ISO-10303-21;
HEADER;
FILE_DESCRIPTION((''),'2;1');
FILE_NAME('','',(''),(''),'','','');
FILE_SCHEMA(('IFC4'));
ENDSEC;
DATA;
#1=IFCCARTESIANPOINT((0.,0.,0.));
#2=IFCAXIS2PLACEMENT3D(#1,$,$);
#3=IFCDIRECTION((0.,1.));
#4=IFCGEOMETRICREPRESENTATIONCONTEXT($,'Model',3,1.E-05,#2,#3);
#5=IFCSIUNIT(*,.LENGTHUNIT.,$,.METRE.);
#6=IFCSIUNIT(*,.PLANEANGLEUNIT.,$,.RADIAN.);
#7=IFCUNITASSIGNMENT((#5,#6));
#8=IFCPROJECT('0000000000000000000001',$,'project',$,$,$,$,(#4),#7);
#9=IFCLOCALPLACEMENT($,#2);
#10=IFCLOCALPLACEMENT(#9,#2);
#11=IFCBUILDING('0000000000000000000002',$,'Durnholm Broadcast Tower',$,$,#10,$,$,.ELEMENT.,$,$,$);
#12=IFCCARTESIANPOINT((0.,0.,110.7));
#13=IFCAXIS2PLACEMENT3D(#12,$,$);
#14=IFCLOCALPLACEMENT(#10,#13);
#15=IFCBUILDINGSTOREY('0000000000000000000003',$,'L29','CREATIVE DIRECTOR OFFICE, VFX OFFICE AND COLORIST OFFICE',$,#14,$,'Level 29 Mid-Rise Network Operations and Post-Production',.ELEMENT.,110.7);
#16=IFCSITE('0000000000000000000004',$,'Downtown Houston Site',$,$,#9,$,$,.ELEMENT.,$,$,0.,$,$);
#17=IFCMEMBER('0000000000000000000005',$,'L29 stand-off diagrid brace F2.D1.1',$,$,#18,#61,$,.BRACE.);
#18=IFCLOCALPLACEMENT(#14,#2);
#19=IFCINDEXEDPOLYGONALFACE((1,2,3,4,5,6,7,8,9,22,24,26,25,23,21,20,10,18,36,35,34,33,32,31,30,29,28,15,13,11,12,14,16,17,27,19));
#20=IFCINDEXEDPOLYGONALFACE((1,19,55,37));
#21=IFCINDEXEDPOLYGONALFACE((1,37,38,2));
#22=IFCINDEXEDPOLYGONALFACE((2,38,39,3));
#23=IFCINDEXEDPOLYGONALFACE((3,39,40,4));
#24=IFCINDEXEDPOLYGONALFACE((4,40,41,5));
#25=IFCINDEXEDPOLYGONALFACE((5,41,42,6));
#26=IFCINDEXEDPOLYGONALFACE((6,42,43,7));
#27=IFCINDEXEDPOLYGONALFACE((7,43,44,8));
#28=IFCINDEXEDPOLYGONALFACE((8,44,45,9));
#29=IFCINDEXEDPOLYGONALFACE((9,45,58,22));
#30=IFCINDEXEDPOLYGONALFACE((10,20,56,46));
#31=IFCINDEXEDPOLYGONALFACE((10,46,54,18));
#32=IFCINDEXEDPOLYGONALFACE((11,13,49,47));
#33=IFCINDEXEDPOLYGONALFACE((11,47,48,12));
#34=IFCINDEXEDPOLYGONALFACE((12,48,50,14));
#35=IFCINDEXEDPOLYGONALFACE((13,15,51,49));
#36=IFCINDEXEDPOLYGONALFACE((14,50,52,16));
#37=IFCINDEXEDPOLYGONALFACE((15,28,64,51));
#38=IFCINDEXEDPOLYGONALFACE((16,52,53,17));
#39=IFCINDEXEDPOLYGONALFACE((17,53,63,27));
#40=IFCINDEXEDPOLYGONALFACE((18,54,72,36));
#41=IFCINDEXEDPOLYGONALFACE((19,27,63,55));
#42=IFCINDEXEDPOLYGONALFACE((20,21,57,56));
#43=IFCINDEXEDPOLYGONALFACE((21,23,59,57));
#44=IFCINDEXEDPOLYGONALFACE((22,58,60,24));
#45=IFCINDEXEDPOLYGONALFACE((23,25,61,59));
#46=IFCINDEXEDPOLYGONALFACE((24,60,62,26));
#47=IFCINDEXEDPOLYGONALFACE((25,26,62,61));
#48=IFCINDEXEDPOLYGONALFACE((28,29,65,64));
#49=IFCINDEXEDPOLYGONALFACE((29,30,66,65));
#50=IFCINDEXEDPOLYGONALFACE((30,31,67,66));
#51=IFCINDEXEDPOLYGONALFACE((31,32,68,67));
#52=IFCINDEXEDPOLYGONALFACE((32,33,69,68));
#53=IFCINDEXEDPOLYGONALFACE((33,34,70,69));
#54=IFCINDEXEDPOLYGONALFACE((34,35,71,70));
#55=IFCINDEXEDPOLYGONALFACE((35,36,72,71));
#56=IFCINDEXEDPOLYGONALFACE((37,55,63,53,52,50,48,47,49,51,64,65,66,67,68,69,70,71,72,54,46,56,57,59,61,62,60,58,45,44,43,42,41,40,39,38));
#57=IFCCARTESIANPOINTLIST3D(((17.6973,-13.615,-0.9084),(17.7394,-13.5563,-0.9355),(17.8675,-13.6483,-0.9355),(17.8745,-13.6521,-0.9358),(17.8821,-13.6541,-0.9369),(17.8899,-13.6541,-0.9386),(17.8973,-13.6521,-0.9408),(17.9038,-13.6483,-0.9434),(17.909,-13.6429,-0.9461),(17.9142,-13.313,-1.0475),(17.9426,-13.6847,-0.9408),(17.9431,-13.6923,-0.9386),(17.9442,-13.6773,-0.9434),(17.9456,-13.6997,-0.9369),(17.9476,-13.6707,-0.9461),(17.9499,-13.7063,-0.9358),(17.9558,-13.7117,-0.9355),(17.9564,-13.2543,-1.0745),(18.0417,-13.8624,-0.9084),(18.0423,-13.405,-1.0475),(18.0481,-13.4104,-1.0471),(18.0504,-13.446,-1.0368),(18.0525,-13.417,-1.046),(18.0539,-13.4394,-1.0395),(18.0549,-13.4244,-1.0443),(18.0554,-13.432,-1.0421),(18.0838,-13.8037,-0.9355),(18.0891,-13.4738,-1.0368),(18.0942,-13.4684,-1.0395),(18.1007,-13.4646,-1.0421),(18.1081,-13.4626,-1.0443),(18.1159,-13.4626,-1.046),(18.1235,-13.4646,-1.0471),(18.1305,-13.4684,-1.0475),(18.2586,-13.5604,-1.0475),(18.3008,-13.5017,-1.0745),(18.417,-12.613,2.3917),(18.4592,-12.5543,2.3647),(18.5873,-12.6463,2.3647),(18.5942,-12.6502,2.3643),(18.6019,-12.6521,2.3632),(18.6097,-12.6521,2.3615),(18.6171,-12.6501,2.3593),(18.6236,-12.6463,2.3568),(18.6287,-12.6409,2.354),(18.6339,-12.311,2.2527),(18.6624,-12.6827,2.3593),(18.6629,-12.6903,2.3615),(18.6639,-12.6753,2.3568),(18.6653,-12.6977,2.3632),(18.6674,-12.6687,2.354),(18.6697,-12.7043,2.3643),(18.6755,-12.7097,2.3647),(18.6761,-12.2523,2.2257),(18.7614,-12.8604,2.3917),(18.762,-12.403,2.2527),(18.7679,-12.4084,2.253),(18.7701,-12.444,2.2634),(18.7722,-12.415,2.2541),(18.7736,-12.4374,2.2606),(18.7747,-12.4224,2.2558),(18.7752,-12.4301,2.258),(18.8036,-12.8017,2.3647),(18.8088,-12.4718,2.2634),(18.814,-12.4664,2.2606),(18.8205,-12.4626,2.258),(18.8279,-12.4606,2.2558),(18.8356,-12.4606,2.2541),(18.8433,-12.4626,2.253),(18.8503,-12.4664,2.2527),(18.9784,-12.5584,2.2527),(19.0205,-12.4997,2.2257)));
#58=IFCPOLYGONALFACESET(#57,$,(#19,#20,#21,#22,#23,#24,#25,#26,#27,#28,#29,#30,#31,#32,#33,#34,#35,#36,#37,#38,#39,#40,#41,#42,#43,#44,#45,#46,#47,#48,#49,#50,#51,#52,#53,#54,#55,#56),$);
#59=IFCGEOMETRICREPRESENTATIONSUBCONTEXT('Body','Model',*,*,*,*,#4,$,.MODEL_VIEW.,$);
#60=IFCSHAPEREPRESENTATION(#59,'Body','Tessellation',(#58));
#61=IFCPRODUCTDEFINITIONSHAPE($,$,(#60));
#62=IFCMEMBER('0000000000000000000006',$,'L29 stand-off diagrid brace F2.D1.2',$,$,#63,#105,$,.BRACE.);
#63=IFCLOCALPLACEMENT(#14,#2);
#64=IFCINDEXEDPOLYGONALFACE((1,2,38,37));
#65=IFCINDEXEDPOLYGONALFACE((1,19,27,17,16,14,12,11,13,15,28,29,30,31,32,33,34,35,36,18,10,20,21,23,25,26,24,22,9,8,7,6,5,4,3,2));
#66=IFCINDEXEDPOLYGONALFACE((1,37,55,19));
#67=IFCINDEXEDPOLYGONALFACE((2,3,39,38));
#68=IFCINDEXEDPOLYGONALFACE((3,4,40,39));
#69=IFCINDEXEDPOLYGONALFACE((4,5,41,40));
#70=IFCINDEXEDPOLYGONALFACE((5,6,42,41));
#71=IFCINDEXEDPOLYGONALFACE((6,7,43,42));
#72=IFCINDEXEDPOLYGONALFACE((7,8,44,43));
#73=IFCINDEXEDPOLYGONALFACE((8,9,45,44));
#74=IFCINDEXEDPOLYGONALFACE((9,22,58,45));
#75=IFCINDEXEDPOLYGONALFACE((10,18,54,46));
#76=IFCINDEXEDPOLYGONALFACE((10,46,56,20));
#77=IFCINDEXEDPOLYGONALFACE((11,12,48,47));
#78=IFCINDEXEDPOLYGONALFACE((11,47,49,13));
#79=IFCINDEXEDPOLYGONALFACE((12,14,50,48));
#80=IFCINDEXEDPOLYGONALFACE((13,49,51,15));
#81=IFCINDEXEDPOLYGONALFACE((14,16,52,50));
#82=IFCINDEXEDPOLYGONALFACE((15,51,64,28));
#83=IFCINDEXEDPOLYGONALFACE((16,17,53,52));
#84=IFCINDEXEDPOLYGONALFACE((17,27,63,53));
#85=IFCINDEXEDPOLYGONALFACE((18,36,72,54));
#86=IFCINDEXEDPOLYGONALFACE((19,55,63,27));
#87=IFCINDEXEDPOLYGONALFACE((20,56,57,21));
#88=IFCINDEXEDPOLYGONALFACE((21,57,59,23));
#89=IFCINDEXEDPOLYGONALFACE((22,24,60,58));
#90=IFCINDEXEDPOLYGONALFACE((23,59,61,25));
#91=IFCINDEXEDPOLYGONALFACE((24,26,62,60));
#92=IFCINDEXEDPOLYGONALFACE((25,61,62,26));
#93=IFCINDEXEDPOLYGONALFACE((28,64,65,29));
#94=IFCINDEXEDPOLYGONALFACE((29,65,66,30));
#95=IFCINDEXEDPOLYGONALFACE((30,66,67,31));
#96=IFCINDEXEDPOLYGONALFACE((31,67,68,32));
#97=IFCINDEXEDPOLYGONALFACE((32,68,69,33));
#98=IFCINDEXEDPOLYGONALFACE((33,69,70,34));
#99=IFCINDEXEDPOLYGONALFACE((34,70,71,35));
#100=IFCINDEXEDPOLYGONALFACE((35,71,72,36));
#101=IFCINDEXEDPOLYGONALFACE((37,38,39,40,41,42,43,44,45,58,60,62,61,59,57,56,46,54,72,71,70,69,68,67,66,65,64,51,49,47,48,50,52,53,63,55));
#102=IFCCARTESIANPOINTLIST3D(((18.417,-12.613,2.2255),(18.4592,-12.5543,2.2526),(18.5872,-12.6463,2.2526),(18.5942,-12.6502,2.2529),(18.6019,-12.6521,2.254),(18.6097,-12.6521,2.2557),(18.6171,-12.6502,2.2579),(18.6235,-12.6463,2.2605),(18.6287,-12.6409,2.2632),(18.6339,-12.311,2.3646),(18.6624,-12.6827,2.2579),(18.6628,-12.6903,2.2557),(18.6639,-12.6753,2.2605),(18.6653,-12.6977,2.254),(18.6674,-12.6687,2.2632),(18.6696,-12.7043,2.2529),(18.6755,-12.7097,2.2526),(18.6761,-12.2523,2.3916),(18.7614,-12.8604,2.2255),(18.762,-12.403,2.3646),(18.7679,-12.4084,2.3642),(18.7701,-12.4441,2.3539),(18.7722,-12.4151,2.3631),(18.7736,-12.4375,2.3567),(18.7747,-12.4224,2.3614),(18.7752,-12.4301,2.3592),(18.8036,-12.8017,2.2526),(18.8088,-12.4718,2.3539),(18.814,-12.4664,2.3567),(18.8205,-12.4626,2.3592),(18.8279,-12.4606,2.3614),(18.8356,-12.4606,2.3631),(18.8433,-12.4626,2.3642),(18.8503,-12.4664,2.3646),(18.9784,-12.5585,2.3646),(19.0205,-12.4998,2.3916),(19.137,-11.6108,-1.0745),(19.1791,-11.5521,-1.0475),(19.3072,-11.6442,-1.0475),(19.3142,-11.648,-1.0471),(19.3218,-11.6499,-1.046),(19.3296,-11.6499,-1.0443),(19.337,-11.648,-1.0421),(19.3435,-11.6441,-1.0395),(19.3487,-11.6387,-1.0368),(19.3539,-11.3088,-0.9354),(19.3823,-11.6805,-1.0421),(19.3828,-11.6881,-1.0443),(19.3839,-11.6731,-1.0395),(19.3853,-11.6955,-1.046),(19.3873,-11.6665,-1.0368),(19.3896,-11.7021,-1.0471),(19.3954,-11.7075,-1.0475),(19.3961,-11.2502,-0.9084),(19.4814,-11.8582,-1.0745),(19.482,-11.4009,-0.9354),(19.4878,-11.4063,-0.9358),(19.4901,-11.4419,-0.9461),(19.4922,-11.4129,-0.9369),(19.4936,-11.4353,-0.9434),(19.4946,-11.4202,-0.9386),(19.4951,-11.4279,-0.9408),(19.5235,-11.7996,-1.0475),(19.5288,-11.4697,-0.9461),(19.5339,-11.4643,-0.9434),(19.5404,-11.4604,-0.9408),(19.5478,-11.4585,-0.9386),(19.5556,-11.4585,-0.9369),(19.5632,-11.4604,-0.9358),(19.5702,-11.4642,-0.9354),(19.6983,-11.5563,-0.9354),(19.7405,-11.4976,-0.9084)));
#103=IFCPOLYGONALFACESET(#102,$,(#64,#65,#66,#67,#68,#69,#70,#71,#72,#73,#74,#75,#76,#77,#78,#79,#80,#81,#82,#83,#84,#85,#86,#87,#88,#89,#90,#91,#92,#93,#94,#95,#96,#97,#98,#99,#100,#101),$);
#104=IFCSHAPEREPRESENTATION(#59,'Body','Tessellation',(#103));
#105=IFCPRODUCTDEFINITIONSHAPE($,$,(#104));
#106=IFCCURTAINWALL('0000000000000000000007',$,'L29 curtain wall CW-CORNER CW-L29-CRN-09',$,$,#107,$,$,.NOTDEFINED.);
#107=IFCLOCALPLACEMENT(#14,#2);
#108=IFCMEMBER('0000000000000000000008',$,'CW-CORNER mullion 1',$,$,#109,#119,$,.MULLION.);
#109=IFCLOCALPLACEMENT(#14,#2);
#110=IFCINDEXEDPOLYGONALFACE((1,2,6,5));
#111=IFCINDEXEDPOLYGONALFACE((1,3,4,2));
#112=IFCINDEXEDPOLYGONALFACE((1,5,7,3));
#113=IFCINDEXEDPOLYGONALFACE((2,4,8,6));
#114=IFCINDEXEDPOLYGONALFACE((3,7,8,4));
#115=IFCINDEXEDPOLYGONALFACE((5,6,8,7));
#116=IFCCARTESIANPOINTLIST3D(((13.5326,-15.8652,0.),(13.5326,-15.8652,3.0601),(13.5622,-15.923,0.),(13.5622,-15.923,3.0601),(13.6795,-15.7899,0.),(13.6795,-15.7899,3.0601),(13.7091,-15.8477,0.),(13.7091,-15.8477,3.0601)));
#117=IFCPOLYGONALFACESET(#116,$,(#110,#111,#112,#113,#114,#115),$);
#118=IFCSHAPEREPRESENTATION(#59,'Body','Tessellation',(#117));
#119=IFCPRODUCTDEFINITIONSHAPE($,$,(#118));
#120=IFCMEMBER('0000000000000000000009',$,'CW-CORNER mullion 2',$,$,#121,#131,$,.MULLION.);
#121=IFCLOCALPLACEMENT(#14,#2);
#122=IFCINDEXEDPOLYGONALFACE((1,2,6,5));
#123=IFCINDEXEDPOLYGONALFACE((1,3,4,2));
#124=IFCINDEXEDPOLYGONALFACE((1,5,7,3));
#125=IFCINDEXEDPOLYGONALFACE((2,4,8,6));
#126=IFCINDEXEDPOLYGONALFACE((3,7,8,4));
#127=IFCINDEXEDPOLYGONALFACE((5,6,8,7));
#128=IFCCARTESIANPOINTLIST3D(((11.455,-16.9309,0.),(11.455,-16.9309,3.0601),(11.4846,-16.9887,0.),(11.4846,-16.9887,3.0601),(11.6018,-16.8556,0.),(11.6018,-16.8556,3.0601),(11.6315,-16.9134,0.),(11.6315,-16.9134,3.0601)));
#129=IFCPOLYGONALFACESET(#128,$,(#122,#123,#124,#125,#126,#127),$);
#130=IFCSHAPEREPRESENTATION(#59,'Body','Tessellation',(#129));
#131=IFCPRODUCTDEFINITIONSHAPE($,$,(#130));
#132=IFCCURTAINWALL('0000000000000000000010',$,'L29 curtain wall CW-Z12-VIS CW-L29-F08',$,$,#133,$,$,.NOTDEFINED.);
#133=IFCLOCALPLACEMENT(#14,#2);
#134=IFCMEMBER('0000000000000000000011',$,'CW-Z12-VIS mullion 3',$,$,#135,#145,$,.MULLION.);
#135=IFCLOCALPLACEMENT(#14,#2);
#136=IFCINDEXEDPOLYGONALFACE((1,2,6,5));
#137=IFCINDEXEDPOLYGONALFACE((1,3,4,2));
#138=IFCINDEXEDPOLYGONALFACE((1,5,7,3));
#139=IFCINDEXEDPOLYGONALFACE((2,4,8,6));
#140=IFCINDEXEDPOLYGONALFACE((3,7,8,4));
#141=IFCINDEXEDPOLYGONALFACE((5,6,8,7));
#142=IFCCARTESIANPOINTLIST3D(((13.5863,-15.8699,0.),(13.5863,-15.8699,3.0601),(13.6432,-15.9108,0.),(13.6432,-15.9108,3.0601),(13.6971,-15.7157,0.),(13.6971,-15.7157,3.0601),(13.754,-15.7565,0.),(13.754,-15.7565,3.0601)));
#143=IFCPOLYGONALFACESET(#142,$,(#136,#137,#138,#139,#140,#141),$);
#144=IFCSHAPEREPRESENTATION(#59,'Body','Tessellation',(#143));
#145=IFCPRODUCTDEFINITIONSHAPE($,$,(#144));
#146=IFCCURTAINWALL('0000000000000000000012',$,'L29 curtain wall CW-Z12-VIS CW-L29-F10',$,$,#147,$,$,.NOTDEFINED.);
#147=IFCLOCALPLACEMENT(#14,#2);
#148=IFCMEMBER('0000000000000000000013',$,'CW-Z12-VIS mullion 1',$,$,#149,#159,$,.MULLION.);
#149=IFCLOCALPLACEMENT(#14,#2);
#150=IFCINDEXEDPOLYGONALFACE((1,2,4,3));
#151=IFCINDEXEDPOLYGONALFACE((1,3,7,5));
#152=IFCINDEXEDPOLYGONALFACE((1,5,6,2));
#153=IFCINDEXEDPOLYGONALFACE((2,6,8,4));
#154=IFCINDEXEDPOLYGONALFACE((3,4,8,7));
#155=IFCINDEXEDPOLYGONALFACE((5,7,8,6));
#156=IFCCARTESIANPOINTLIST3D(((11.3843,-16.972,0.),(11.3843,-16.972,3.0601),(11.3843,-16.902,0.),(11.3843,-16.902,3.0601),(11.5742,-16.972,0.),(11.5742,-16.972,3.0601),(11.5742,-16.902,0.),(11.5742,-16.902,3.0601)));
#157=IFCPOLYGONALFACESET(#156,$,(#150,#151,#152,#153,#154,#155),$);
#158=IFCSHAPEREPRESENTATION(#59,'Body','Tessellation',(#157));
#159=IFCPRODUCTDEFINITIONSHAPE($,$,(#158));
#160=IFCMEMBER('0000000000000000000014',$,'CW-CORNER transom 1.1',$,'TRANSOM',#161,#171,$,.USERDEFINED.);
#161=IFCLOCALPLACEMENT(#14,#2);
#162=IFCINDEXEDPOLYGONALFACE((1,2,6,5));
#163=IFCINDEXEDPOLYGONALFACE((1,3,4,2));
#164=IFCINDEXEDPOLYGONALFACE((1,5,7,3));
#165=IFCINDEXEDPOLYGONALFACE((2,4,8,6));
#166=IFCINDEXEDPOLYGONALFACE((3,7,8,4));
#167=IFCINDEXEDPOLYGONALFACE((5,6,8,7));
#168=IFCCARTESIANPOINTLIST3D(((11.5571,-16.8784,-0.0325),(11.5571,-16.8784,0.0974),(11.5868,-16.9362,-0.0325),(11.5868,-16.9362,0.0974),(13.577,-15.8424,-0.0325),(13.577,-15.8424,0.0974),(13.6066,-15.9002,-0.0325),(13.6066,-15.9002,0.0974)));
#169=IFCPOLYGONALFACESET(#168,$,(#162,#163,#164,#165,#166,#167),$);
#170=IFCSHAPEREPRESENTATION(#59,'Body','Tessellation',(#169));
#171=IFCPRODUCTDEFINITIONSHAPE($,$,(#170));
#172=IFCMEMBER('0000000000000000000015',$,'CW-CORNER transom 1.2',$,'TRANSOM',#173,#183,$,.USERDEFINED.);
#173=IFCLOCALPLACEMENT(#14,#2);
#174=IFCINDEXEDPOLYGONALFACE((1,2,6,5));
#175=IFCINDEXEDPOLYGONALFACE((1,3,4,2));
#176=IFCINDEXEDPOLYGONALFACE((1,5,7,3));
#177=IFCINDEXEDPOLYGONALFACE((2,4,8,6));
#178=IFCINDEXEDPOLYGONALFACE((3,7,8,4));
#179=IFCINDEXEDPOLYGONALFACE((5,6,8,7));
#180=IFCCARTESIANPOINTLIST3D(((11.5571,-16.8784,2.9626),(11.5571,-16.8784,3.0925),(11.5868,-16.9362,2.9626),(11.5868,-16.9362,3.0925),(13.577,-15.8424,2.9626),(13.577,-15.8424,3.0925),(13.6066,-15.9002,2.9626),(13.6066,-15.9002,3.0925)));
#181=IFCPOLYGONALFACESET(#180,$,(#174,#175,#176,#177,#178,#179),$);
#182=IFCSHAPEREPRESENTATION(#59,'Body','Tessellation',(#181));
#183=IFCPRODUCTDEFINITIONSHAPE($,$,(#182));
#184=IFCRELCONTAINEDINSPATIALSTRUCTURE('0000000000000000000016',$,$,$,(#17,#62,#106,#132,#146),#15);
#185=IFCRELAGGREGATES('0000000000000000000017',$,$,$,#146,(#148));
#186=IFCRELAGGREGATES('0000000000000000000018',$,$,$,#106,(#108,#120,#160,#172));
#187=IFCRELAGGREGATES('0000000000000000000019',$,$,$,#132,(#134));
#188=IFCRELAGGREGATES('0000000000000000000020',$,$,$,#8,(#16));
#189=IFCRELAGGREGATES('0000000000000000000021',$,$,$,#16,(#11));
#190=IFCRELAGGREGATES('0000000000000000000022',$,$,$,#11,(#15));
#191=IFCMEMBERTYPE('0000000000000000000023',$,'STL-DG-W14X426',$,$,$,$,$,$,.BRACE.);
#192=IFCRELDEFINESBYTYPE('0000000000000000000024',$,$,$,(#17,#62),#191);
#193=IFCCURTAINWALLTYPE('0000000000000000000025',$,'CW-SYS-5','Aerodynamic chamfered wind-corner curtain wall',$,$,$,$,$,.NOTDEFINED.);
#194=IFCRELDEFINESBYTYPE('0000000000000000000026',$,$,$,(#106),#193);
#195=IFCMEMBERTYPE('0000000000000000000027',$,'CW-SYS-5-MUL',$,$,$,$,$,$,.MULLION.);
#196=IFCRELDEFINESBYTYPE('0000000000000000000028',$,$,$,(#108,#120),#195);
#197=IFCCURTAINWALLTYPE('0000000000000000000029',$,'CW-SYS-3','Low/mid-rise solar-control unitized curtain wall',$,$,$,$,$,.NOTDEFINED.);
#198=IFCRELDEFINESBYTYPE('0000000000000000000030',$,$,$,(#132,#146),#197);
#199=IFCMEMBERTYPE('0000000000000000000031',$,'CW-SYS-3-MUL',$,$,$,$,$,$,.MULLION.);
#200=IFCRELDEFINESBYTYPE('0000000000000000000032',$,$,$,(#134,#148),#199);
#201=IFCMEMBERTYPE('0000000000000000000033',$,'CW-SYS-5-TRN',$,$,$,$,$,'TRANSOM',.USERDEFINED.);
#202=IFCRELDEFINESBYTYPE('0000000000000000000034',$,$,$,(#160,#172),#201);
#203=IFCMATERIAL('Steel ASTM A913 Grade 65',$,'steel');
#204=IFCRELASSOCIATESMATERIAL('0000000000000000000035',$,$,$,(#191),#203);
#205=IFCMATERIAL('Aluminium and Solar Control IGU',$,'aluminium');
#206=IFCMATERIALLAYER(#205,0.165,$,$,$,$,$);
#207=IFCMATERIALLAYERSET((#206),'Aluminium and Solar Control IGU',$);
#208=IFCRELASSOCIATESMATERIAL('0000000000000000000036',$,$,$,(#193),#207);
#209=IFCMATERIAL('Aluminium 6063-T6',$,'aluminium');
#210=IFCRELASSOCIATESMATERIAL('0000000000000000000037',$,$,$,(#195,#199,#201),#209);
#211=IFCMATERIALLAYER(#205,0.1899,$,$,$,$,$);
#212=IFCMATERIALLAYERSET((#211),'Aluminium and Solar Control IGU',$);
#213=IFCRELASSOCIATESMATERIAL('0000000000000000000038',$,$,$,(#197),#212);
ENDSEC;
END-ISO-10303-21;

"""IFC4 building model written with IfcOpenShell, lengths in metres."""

from ifc_helpers import new_model, si_unit, direction, frame, origin, origin_2d, place, context, subcontext, project, spatial, rectangle, i_section, extrude, source, transform, mapped, material, layer, layer_set, material_profile, profile_set, type_object, type_shapes, element, aggregate, save


model = new_model("IFC4")

# Units and contexts
model_context = context("Model", 3, precision=1e-05, world=origin(), true_north=direction((0.0, 1.0)))
body_context = subcontext(model_context, "Body", "Model", "MODEL_VIEW")
ifc_project = project(units=[si_unit("LENGTHUNIT", "METRE"), si_unit("PLANEANGLEUNIT", "RADIAN")], contexts=[model_context])

# Site, building, storey
site_placement = place(None, origin())
site = spatial("IfcSite", under=ifc_project, at=site_placement, Name="Downtown Houston Site", CompositionType="ELEMENT", RefElevation=0.0)
building_placement = place(site_placement, origin())
building = spatial("IfcBuilding", under=site, at=building_placement, Name="Durnholm Broadcast Tower", CompositionType="ELEMENT")
storey_placement = place(building_placement, frame((0.0, 0.0, 110.7)))
storey = spatial("IfcBuildingStorey", under=building, at=storey_placement, Name="L29", Description="CREATIVE DIRECTOR OFFICE, VFX OFFICE AND COLORIST OFFICE", LongName="Level 29 Mid-Rise Network Operations and Post-Production", CompositionType="ELEMENT", Elevation=110.7)

# Members
ifc_material_1 = material(Name="Steel ASTM A913 Grade 65", Category="steel")
ifc_material_profile_1 = material_profile(ifc_material_1, i_section(OverallWidth=0.4241, OverallDepth=0.4741, WebThickness=0.0476, FlangeThickness=0.0771, FilletRadius=0.0305, at=origin_2d()), Name="W14X426")
ifc_profile_set_1 = profile_set([ifc_material_profile_1], Name="Steel ASTM A913 Grade 65")
member_type_1 = type_object("IfcMemberType", Name="STL-DG-W14X426", PredefinedType="BRACE", material=ifc_profile_set_1)
shared_shape_1 = source(origin(), body_context, "Body", "SweptSolid", [
    extrude(i_section(OverallWidth=0.4241, OverallDepth=0.4741, WebThickness=0.0476, FlangeThickness=0.0771, FilletRadius=0.0305, at=origin_2d()), origin(), (0.0, 0.0, 1.0), 3.5232),
])
type_shapes(member_type_1, [shared_shape_1])
for number, where, z_axis, x_axis, name in (
    (1, (17.999, -13.5583, -0.9915), (0.204288, 0.284395, 0.936689), (-0.812179, 0.583408, 0.0), "L29 stand-off diagrid brace F2.D1.1"),
    (2, (19.4387, -11.5542, -0.9915), (-0.20435, -0.284455, 0.936657), (0.812153, -0.583444, 0.0), "L29 stand-off diagrid brace F2.D1.2"),
):
    element("IfcMember", number, at=place(storey_placement, frame(where, z_axis=z_axis, x_axis=x_axis)), inside=storey, type_object=member_type_1, Name=name, PredefinedType="BRACE", context=body_context, shape_type="MappedRepresentation", body=[
        mapped(shared_shape_1, transform((0.0, 0.0, 0.0), x_axis=(1.0, 0.0, 0.0), y_axis=(0.0, 1.0, 0.0), z_axis=(0.0, 0.0, 1.0), scale=1.0)),
    ])

# Curtain wall, members
ifc_material_2 = material(Name="Aluminium and Solar Control IGU", Category="aluminium")
ifc_layer_1 = layer(ifc_material_2, 0.165)
ifc_layer_set_1 = layer_set([ifc_layer_1], Name="Aluminium and Solar Control IGU")
curtain_wall_type_1 = type_object("IfcCurtainWallType", Name="CW-SYS-5", Description="Aerodynamic chamfered wind-corner curtain wall", PredefinedType="NOTDEFINED", material=ifc_layer_set_1)
curtain_wall_1_placement = place(storey_placement, origin())
curtain_wall_1 = element("IfcCurtainWall", 3, at=curtain_wall_1_placement, inside=storey, type_object=curtain_wall_type_1, Name="L29 curtain wall CW-CORNER CW-L29-CRN-09", PredefinedType="NOTDEFINED")
ifc_material_3 = material(Name="Aluminium 6063-T6", Category="aluminium")
ifc_material_profile_2 = material_profile(ifc_material_3, rectangle(XDim=0.0649, YDim=0.165, at=origin_2d()), Name="CWM65X165")
ifc_profile_set_2 = profile_set([ifc_material_profile_2], Name="Aluminium 6063-T6")
member_type_2 = type_object("IfcMemberType", Name="CW-SYS-5-MUL", PredefinedType="MULLION", material=ifc_profile_set_2)
shared_shape_2 = source(origin(), body_context, "Body", "SweptSolid", [
    extrude(rectangle(XDim=0.0649, YDim=0.165, at=origin_2d()), origin(), (0.0, 0.0, 1.0), 3.0601),
])
type_shapes(member_type_2, [shared_shape_2])
member_1_placement = place(storey_placement, frame((13.6208, -15.8564, 0.0), z_axis=(0.0, 0.0, 1.0), x_axis=(0.456373, -0.889788, 0.0)))
member_1 = element("IfcMember", 4, at=member_1_placement, type_object=member_type_2, Name="CW-CORNER mullion 1", PredefinedType="MULLION", context=body_context, shape_type="MappedRepresentation", body=[
    mapped(shared_shape_2, transform((0.0, 0.0, 0.0), x_axis=(1.0, 0.0, 0.0), y_axis=(0.0, 1.0, 0.0), z_axis=(0.0, 0.0, 1.0), scale=1.0)),
])
member_2_placement = place(storey_placement, frame((11.5432, -16.9221, 0.0), z_axis=(0.0, 0.0, 1.0), x_axis=(0.456373, -0.889788, 0.0)))
member_2 = element("IfcMember", 5, at=member_2_placement, type_object=member_type_2, Name="CW-CORNER mullion 2", PredefinedType="MULLION", context=body_context, shape_type="MappedRepresentation", body=[
    mapped(shared_shape_2, transform((0.0, 0.0, 0.0), x_axis=(1.0, 0.0, 0.0), y_axis=(0.0, 1.0, 0.0), z_axis=(0.0, 0.0, 1.0), scale=1.0)),
])

# Curtain walls, members
ifc_layer_2 = layer(ifc_material_2, 0.1899)
ifc_layer_set_2 = layer_set([ifc_layer_2], Name="Aluminium and Solar Control IGU")
curtain_wall_type_2 = type_object("IfcCurtainWallType", Name="CW-SYS-3", Description="Low/mid-rise solar-control unitized curtain wall", PredefinedType="NOTDEFINED", material=ifc_layer_set_2)
curtain_wall_2_placement = place(storey_placement, origin())
curtain_wall_2 = element("IfcCurtainWall", 6, at=curtain_wall_2_placement, inside=storey, type_object=curtain_wall_type_2, Name="L29 curtain wall CW-Z12-VIS CW-L29-F08", PredefinedType="NOTDEFINED")
ifc_material_profile_3 = material_profile(ifc_material_3, rectangle(XDim=0.0701, YDim=0.1899, at=origin_2d()), Name="CWM70X190")
ifc_profile_set_3 = profile_set([ifc_material_profile_3], Name="Aluminium 6063-T6")
member_type_3 = type_object("IfcMemberType", Name="CW-SYS-3-MUL", PredefinedType="MULLION", material=ifc_profile_set_3)
shared_shape_3 = source(origin(), body_context, "Body", "SweptSolid", [
    extrude(rectangle(XDim=0.0701, YDim=0.1899, at=origin_2d()), origin(), (0.0, 0.0, 1.0), 3.0601),
])
type_shapes(member_type_3, [shared_shape_3])
member_3_placement = place(storey_placement, frame((13.6702, -15.8132, 0.0), z_axis=(0.0, 0.0, 1.0), x_axis=(0.812152, -0.583445, 0.0)))
member_3 = element("IfcMember", 7, at=member_3_placement, type_object=member_type_3, Name="CW-Z12-VIS mullion 3", PredefinedType="MULLION", context=body_context, shape_type="MappedRepresentation", body=[
    mapped(shared_shape_3, transform((0.0, 0.0, 0.0), x_axis=(1.0, 0.0, 0.0), y_axis=(0.0, 1.0, 0.0), z_axis=(0.0, 0.0, 1.0), scale=1.0)),
])
curtain_wall_3_placement = place(storey_placement, origin())
curtain_wall_3 = element("IfcCurtainWall", 8, at=curtain_wall_3_placement, inside=storey, type_object=curtain_wall_type_2, Name="L29 curtain wall CW-Z12-VIS CW-L29-F10", PredefinedType="NOTDEFINED")
member_4_placement = place(storey_placement, frame((11.4792, -16.937, 0.0), z_axis=(0.0, 0.0, 1.0), x_axis=(0.0, -1.0, 0.0)))
member_4 = element("IfcMember", 9, at=member_4_placement, type_object=member_type_3, Name="CW-Z12-VIS mullion 1", PredefinedType="MULLION", context=body_context, shape_type="MappedRepresentation", body=[
    mapped(shared_shape_3, transform((0.0, 0.0, 0.0), x_axis=(1.0, 0.0, 0.0), y_axis=(0.0, 1.0, 0.0), z_axis=(0.0, 0.0, 1.0), scale=1.0)),
])

# Members
ifc_material_profile_4 = material_profile(ifc_material_3, rectangle(XDim=0.0649, YDim=0.1299, at=origin_2d()), Name="CWT65X130")
ifc_profile_set_4 = profile_set([ifc_material_profile_4], Name="Aluminium 6063-T6")
member_type_4 = type_object("IfcMemberType", Name="CW-SYS-5-TRN", ElementType="TRANSOM", PredefinedType="USERDEFINED", material=ifc_profile_set_4)
shared_shape_4 = source(origin(), body_context, "Body", "SweptSolid", [
    extrude(rectangle(XDim=0.0649, YDim=0.1299, at=origin_2d()), origin(), (0.0, 0.0, 1.0), 2.27),
])
type_shapes(member_type_4, [shared_shape_4])
member_5_placement = place(storey_placement, frame((13.5918, -15.8713, 0.0325), z_axis=(-0.889798, -0.456354, 0.0), x_axis=(0.456354, -0.889798, 0.0)))
member_5 = element("IfcMember", 10, at=member_5_placement, type_object=member_type_4, Name="CW-CORNER transom 1.1", ObjectType="TRANSOM", PredefinedType="USERDEFINED", context=body_context, shape_type="MappedRepresentation", body=[
    mapped(shared_shape_4, transform((0.0, 0.0, 0.0), x_axis=(1.0, 0.0, 0.0), y_axis=(0.0, 1.0, 0.0), z_axis=(0.0, 0.0, 1.0), scale=1.0)),
])
member_6_placement = place(storey_placement, frame((13.5918, -15.8713, 3.0276), z_axis=(-0.889798, -0.456354, 0.0), x_axis=(0.456354, -0.889798, 0.0)))
member_6 = element("IfcMember", 11, at=member_6_placement, type_object=member_type_4, Name="CW-CORNER transom 1.2", ObjectType="TRANSOM", PredefinedType="USERDEFINED", context=body_context, shape_type="MappedRepresentation", body=[
    mapped(shared_shape_4, transform((0.0, 0.0, 0.0), x_axis=(1.0, 0.0, 0.0), y_axis=(0.0, 1.0, 0.0), z_axis=(0.0, 0.0, 1.0), scale=1.0)),
])
aggregate(curtain_wall_3, [member_4])

aggregate(curtain_wall_1, [member_1, member_2, member_5, member_6])
aggregate(curtain_wall_2, [member_3])

save(model, "model.ifc")
